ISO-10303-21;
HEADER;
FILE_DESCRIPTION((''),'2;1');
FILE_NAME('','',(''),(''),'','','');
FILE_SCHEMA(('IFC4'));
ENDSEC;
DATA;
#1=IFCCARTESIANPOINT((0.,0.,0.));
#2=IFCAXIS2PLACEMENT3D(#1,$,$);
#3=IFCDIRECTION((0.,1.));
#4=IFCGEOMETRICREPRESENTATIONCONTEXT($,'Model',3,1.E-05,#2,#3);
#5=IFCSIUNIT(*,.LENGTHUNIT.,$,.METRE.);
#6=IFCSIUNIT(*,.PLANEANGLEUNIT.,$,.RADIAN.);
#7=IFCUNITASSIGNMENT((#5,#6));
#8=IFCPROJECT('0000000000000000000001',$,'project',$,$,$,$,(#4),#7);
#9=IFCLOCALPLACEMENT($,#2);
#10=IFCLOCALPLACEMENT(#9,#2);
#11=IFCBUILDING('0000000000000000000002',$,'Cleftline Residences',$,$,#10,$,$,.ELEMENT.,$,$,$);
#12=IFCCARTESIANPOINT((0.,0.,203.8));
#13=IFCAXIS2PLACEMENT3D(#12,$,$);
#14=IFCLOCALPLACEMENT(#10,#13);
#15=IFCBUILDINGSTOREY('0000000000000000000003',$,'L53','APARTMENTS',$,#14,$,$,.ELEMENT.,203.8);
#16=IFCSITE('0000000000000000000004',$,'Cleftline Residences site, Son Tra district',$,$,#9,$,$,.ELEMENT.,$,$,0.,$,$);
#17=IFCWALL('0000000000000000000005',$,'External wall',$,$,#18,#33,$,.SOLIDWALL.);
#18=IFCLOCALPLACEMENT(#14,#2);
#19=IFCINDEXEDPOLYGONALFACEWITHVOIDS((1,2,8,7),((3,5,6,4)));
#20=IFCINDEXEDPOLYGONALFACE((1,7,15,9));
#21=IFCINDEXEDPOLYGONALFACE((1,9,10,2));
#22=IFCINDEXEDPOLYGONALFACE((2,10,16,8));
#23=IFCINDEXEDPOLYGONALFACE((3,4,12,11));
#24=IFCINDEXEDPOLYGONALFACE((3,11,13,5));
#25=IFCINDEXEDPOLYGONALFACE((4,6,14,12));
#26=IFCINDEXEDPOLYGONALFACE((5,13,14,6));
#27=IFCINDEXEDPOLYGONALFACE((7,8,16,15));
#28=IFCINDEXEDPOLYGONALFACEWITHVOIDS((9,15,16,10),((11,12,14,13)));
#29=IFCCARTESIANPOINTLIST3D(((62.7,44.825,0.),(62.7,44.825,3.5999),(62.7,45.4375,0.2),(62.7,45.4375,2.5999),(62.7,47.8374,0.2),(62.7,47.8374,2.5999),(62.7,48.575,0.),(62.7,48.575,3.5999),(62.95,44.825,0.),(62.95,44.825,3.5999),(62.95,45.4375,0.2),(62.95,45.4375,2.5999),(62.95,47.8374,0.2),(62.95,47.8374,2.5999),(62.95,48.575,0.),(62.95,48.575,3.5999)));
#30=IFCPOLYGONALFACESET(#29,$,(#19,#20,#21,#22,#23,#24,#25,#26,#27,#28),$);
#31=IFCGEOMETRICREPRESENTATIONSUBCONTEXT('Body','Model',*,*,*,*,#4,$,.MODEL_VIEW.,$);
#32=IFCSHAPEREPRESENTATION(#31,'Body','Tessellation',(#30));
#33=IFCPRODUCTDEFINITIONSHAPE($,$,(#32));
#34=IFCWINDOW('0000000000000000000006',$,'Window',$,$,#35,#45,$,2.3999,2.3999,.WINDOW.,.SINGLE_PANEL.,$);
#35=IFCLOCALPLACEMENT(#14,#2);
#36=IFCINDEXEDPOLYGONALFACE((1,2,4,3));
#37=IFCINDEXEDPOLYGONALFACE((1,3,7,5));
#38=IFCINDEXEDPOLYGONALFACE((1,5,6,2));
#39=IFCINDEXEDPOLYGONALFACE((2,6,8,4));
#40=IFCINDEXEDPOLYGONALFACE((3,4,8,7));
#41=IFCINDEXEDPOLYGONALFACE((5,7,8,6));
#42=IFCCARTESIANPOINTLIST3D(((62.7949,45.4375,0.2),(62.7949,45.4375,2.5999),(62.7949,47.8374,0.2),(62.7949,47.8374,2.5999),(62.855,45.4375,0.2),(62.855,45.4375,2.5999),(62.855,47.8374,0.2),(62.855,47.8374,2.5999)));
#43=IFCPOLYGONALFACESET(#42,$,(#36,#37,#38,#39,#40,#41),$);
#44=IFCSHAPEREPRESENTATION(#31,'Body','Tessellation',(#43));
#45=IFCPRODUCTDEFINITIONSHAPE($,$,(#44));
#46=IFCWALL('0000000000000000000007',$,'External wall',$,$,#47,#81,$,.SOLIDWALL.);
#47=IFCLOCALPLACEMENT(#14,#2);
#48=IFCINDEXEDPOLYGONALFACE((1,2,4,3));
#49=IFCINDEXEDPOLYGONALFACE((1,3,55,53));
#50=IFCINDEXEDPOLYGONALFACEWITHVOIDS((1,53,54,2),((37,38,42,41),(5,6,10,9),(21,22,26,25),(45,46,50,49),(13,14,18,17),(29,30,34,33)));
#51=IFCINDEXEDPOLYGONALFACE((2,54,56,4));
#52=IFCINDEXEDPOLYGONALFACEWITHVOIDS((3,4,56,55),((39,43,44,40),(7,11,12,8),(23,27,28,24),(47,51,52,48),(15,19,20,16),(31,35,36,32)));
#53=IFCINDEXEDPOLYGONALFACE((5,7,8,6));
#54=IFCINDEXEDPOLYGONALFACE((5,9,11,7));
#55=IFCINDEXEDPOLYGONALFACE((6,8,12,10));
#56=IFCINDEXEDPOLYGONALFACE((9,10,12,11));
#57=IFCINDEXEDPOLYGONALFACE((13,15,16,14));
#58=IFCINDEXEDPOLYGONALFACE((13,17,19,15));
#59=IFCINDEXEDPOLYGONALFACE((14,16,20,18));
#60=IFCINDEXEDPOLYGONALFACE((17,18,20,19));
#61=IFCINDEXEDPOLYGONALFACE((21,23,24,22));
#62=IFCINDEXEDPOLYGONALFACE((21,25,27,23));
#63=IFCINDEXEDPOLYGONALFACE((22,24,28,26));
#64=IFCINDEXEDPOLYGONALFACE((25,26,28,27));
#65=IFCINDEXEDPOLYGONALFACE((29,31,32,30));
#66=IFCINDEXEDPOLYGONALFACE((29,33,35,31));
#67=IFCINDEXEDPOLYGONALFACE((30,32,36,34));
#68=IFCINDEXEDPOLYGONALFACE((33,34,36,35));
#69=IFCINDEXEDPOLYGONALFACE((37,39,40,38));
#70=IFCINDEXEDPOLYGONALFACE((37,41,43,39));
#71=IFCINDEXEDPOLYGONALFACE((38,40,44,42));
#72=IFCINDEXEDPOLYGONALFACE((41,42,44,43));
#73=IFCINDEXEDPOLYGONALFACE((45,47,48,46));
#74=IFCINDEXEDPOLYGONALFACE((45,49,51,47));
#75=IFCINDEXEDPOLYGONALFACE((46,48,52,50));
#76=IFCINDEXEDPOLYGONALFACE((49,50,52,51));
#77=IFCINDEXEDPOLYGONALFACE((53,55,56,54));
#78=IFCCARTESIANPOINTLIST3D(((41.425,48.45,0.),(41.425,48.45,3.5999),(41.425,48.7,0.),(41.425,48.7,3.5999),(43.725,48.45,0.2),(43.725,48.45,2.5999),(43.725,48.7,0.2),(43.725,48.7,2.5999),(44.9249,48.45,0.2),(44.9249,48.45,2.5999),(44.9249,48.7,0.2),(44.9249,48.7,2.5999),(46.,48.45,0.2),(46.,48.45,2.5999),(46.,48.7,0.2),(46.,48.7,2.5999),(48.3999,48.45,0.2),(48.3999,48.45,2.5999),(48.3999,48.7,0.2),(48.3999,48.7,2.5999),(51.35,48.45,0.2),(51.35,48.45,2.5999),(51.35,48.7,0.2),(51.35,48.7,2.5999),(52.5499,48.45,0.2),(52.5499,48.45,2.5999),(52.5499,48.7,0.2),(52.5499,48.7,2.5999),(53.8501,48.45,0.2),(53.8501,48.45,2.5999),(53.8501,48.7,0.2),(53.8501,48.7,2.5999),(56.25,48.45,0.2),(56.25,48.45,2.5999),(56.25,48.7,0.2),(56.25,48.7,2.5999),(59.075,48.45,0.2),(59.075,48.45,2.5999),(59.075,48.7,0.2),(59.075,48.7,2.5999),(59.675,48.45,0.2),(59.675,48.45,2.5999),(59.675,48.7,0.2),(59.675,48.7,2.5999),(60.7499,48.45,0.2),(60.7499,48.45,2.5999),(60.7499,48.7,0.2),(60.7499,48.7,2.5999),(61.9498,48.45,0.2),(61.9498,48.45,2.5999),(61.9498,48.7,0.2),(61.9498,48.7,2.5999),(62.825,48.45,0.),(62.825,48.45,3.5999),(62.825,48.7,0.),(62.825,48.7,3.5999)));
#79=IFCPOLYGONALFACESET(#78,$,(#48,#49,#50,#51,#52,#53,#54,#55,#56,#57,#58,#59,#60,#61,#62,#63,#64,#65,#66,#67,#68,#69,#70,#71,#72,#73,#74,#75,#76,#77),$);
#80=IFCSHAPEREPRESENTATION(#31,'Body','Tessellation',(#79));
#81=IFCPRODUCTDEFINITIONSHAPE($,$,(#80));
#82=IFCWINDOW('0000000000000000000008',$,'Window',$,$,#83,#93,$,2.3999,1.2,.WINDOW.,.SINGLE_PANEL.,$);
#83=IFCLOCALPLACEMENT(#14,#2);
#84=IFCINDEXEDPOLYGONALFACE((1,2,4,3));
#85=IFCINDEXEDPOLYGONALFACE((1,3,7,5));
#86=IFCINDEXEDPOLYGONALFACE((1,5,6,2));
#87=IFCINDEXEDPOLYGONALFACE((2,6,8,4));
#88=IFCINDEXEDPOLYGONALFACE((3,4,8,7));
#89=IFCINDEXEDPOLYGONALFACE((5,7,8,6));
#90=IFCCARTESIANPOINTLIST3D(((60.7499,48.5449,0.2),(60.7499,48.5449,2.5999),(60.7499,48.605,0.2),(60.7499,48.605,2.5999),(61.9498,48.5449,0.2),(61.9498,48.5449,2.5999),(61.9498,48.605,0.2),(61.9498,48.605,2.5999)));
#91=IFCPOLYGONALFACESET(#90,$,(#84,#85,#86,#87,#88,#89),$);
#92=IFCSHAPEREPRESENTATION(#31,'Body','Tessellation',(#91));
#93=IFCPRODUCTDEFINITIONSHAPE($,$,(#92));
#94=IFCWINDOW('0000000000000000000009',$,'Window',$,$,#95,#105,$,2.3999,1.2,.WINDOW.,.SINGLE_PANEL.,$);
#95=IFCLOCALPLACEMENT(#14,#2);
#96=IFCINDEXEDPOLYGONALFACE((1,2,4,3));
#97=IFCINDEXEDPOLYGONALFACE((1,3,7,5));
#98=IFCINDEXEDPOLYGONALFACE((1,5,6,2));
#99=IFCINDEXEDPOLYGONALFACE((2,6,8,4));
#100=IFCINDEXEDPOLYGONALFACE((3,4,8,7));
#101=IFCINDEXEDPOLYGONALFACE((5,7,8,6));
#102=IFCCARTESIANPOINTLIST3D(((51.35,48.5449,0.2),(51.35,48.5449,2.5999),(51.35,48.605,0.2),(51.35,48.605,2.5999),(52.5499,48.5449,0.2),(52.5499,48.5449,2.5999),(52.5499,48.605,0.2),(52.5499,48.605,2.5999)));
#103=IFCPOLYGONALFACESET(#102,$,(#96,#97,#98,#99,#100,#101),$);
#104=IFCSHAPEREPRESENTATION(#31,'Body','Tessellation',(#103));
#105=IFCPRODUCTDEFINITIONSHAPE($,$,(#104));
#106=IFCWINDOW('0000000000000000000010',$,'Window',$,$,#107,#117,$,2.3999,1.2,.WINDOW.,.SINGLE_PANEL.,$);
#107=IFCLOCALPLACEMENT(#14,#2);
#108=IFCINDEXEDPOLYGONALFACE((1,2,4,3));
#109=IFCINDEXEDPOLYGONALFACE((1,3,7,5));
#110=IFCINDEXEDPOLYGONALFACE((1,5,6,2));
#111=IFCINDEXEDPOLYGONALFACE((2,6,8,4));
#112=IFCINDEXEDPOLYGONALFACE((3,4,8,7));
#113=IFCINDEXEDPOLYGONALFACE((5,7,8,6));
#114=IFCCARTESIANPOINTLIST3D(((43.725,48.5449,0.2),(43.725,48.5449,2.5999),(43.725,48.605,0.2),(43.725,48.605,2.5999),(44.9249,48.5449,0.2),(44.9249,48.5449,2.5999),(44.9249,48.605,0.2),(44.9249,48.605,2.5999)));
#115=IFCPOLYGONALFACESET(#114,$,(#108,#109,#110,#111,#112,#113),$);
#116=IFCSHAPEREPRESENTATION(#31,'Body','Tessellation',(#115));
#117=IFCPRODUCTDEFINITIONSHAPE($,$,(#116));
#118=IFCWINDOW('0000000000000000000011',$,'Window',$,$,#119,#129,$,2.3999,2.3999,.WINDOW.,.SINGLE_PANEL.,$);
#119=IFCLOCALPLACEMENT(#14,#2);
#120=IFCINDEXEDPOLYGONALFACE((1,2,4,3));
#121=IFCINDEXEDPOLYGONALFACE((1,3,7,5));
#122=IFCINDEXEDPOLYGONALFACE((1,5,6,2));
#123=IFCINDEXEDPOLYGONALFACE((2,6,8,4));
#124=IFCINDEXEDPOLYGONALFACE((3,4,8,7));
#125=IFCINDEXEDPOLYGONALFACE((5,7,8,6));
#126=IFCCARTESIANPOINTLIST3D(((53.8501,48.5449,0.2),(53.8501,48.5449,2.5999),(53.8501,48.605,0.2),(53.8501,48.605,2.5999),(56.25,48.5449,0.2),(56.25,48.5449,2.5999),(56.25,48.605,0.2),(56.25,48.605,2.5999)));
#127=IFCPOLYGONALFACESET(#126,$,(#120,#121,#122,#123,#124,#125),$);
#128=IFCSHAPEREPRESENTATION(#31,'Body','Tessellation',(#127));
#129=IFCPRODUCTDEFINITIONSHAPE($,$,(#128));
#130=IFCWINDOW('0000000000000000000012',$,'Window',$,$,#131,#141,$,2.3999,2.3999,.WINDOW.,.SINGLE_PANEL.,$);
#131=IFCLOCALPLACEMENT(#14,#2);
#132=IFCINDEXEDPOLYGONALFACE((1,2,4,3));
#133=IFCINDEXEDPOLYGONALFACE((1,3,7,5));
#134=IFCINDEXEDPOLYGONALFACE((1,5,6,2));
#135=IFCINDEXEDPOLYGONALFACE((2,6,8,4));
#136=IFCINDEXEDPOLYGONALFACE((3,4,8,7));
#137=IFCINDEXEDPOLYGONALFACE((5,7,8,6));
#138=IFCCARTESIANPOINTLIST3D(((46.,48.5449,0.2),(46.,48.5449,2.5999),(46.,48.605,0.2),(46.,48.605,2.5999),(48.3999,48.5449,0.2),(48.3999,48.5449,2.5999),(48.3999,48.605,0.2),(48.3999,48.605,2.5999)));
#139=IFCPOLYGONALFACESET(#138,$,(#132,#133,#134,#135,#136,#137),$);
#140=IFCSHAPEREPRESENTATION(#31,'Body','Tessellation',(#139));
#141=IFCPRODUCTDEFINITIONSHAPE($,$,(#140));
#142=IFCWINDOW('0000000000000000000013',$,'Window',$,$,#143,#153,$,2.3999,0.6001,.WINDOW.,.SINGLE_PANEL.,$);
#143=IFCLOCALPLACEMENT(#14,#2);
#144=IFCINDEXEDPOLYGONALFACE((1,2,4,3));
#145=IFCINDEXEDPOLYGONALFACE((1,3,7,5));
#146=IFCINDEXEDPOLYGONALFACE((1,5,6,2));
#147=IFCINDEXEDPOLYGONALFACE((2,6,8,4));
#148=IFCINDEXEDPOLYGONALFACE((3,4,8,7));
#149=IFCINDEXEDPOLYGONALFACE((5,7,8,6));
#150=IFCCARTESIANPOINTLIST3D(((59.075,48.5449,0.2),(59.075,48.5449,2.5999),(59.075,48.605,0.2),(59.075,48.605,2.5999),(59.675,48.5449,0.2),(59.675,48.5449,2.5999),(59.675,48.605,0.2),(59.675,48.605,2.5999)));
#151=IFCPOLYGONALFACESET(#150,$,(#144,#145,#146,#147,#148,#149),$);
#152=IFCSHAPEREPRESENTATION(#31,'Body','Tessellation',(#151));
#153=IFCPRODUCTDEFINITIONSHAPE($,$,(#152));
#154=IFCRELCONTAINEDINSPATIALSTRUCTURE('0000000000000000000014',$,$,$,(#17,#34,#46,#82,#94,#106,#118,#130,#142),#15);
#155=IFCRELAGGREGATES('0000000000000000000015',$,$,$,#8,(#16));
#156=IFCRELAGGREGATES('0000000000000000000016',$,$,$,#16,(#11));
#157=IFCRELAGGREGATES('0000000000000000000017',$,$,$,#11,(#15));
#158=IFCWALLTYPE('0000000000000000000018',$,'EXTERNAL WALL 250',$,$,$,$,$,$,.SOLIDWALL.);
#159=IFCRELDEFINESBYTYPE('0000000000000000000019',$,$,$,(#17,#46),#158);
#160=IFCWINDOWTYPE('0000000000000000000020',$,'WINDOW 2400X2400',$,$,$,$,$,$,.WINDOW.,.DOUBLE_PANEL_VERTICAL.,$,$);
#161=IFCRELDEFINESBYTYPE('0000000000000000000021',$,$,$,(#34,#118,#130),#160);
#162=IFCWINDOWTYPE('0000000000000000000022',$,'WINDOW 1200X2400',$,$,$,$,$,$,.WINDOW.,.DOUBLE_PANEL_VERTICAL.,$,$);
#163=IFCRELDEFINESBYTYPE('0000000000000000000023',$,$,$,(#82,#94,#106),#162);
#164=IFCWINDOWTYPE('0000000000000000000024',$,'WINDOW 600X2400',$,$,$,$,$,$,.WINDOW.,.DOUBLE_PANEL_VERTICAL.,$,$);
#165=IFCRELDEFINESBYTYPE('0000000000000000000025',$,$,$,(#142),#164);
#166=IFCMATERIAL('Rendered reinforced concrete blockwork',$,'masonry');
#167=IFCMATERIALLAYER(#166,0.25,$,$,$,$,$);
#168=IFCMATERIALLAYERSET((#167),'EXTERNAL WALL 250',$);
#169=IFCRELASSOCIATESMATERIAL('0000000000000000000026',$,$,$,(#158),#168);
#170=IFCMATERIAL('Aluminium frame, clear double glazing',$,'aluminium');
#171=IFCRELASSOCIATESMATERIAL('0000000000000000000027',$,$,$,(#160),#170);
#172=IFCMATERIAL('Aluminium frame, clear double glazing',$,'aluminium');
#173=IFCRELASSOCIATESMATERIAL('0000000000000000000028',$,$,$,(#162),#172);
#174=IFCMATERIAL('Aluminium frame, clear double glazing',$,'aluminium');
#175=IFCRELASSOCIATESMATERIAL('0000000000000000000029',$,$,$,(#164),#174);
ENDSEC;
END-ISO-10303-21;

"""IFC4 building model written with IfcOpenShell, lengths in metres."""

from ifc_helpers import new_model, si_unit, direction, frame, frame_2d, origin, place, context, subcontext, project, spatial, rectangle, extrude, material, layer, layer_set, type_object, element, fill, save


model = new_model("IFC4")

# Units and contexts
model_context = context("Model", 3, precision=1e-05, world=origin(), true_north=direction((0.0, 1.0)))
body_context = subcontext(model_context, "Body", "Model", "MODEL_VIEW")
ifc_project = project(units=[si_unit("LENGTHUNIT", "METRE"), si_unit("PLANEANGLEUNIT", "RADIAN")], contexts=[model_context])

# Site, building, storey
site_placement = place(None, origin())
site = spatial("IfcSite", under=ifc_project, at=site_placement, Name="Cleftline Residences site, Son Tra district", CompositionType="ELEMENT", RefElevation=0.0)
building_placement = place(site_placement, origin())
building = spatial("IfcBuilding", under=site, at=building_placement, Name="Cleftline Residences", CompositionType="ELEMENT")
storey_placement = place(building_placement, frame((0.0, 0.0, 203.8)))
storey = spatial("IfcBuildingStorey", under=building, at=storey_placement, Name="L53", Description="APARTMENTS", CompositionType="ELEMENT", Elevation=203.8)

# Wall, opening, window
ifc_material_1 = material(Name="Rendered reinforced concrete blockwork", Category="masonry")
ifc_layer_1 = layer(ifc_material_1, 0.25)
ifc_layer_set_1 = layer_set([ifc_layer_1], Name="EXTERNAL WALL 250")
wall_type_1 = type_object("IfcWallType", Name="EXTERNAL WALL 250", PredefinedType="SOLIDWALL", material=ifc_layer_set_1)
ifc_material_2 = material(Name="Aluminium frame, clear double glazing", Category="aluminium")
window_type_1 = type_object("IfcWindowType", Name="WINDOW 2400X2400", PartitioningType="DOUBLE_PANEL_VERTICAL", PredefinedType="WINDOW", material=ifc_material_2)
wall_1_placement = place(storey_placement, frame((62.825, 44.825, 0.0), z_axis=(0.0, 0.0, 1.0), x_axis=(0.0, 1.0, 0.0)))
wall_1 = element("IfcWall", 1, at=wall_1_placement, inside=storey, type_object=wall_type_1, Name="External wall", PredefinedType="SOLIDWALL", context=body_context, shape_type="SweptSolid", body=[
    extrude(rectangle(XDim=3.75, YDim=0.25, at=frame_2d((1.875, 0.0))), origin(), (0.0, 0.0, 1.0), 3.5999),
])
opening_1_placement = place(wall_1_placement, frame((0.6125, 0.0, 0.2)))
opening_1 = element("IfcOpeningElement", 2, at=opening_1_placement, cuts=wall_1, PredefinedType="OPENING", context=body_context, shape_type="SweptSolid", body=[
    extrude(rectangle(XDim=2.3999, YDim=2.3999, at=frame_2d((1.2, 1.2))), frame((0.0, 0.135, 0.0), z_axis=(0.0, -1.0, 0.0), x_axis=(1.0, 0.0, 0.0)), (0.0, 0.0, 1.0), 0.27),
])
window_1_placement = place(opening_1_placement, origin())
window_1 = element("IfcWindow", 3, at=window_1_placement, inside=storey, type_object=window_type_1, Name="Window", OverallHeight=2.3999, OverallWidth=2.3999, PartitioningType="SINGLE_PANEL", PredefinedType="WINDOW", context=body_context, shape_type="SweptSolid", body=[
    extrude(rectangle(XDim=2.3999, YDim=2.3999, at=frame_2d((1.2, 1.2))), frame((0.0, 0.03, 0.0), z_axis=(0.0, -1.0, 0.0), x_axis=(1.0, 0.0, 0.0)), (0.0, 0.0, 1.0), 0.0601),
])
fill(opening_1, window_1)

# Wall, openings, windows
wall_2_placement = place(storey_placement, frame((62.825, 48.575, 0.0), z_axis=(0.0, 0.0, 1.0), x_axis=(-1.0, 0.0, 0.0)))
wall_2 = element("IfcWall", 4, at=wall_2_placement, inside=storey, type_object=wall_type_1, Name="External wall", PredefinedType="SOLIDWALL", context=body_context, shape_type="SweptSolid", body=[
    extrude(rectangle(XDim=21.3999, YDim=0.25, at=frame_2d((10.7, 0.0))), origin(), (0.0, 0.0, 1.0), 3.5999),
])
opening_2_placement = place(wall_2_placement, frame((0.875, 0.0, 0.2)))
opening_2 = element("IfcOpeningElement", 5, at=opening_2_placement, cuts=wall_2, PredefinedType="OPENING", context=body_context, shape_type="SweptSolid", body=[
    extrude(rectangle(XDim=1.2, YDim=2.3999, at=frame_2d((0.6001, 1.2))), frame((0.0, 0.135, 0.0), z_axis=(0.0, -1.0, 0.0), x_axis=(1.0, 0.0, 0.0)), (0.0, 0.0, 1.0), 0.27),
])
opening_3_placement = place(wall_2_placement, frame((3.1499, 0.0, 0.2)))
opening_3 = element("IfcOpeningElement", 6, at=opening_3_placement, cuts=wall_2, PredefinedType="OPENING", context=body_context, shape_type="SweptSolid", body=[
    extrude(rectangle(XDim=0.6001, YDim=2.3999, at=frame_2d((0.3, 1.2))), frame((0.0, 0.135, 0.0), z_axis=(0.0, -1.0, 0.0), x_axis=(1.0, 0.0, 0.0)), (0.0, 0.0, 1.0), 0.27),
])
opening_4_placement = place(wall_2_placement, frame((6.575, 0.0, 0.2)))
opening_4 = element("IfcOpeningElement", 7, at=opening_4_placement, cuts=wall_2, PredefinedType="OPENING", context=body_context, shape_type="SweptSolid", body=[
    extrude(rectangle(XDim=2.3999, YDim=2.3999, at=frame_2d((1.2, 1.2))), frame((0.0, 0.135, 0.0), z_axis=(0.0, -1.0, 0.0), x_axis=(1.0, 0.0, 0.0)), (0.0, 0.0, 1.0), 0.27),
])
opening_5_placement = place(wall_2_placement, frame((10.2749, 0.0, 0.2)))
opening_5 = element("IfcOpeningElement", 8, at=opening_5_placement, cuts=wall_2, PredefinedType="OPENING", context=body_context, shape_type="SweptSolid", body=[
    extrude(rectangle(XDim=1.2, YDim=2.3999, at=frame_2d((0.6001, 1.2))), frame((0.0, 0.135, 0.0), z_axis=(0.0, -1.0, 0.0), x_axis=(1.0, 0.0, 0.0)), (0.0, 0.0, 1.0), 0.27),
])
opening_6_placement = place(wall_2_placement, frame((14.425, 0.0, 0.2)))
opening_6 = element("IfcOpeningElement", 9, at=opening_6_placement, cuts=wall_2, PredefinedType="OPENING", context=body_context, shape_type="SweptSolid", body=[
    extrude(rectangle(XDim=2.3999, YDim=2.3999, at=frame_2d((1.2, 1.2))), frame((0.0, 0.135, 0.0), z_axis=(0.0, -1.0, 0.0), x_axis=(1.0, 0.0, 0.0)), (0.0, 0.0, 1.0), 0.27),
])
opening_7_placement = place(wall_2_placement, frame((17.8999, 0.0, 0.2)))
opening_7 = element("IfcOpeningElement", 10, at=opening_7_placement, cuts=wall_2, PredefinedType="OPENING", context=body_context, shape_type="SweptSolid", body=[
    extrude(rectangle(XDim=1.2, YDim=2.3999, at=frame_2d((0.6001, 1.2))), frame((0.0, 0.135, 0.0), z_axis=(0.0, -1.0, 0.0), x_axis=(1.0, 0.0, 0.0)), (0.0, 0.0, 1.0), 0.27),
])
ifc_material_3 = material(Name="Aluminium frame, clear double glazing", Category="aluminium")
window_type_2 = type_object("IfcWindowType", Name="WINDOW 1200X2400", PartitioningType="DOUBLE_PANEL_VERTICAL", PredefinedType="WINDOW", material=ifc_material_3)
window_2_placement = place(opening_2_placement, origin())
window_2 = element("IfcWindow", 11, at=window_2_placement, inside=storey, type_object=window_type_2, Name="Window", OverallHeight=2.3999, OverallWidth=1.2, PartitioningType="SINGLE_PANEL", PredefinedType="WINDOW", context=body_context, shape_type="SweptSolid", body=[
    extrude(rectangle(XDim=1.2, YDim=2.3999, at=frame_2d((0.6001, 1.2))), frame((0.0, 0.03, 0.0), z_axis=(0.0, -1.0, 0.0), x_axis=(1.0, 0.0, 0.0)), (0.0, 0.0, 1.0), 0.0601),
])
fill(opening_2, window_2)
window_3_placement = place(opening_5_placement, origin())
window_3 = element("IfcWindow", 12, at=window_3_placement, inside=storey, type_object=window_type_2, Name="Window", OverallHeight=2.3999, OverallWidth=1.2, PartitioningType="SINGLE_PANEL", PredefinedType="WINDOW", context=body_context, shape_type="SweptSolid", body=[
    extrude(rectangle(XDim=1.2, YDim=2.3999, at=frame_2d((0.6001, 1.2))), frame((0.0, 0.03, 0.0), z_axis=(0.0, -1.0, 0.0), x_axis=(1.0, 0.0, 0.0)), (0.0, 0.0, 1.0), 0.0601),
])
fill(opening_5, window_3)
window_4_placement = place(opening_7_placement, origin())
window_4 = element("IfcWindow", 13, at=window_4_placement, inside=storey, type_object=window_type_2, Name="Window", OverallHeight=2.3999, OverallWidth=1.2, PartitioningType="SINGLE_PANEL", PredefinedType="WINDOW", context=body_context, shape_type="SweptSolid", body=[
    extrude(rectangle(XDim=1.2, YDim=2.3999, at=frame_2d((0.6001, 1.2))), frame((0.0, 0.03, 0.0), z_axis=(0.0, -1.0, 0.0), x_axis=(1.0, 0.0, 0.0)), (0.0, 0.0, 1.0), 0.0601),
])
fill(opening_7, window_4)
window_5_placement = place(opening_4_placement, origin())
window_5 = element("IfcWindow", 14, at=window_5_placement, inside=storey, type_object=window_type_1, Name="Window", OverallHeight=2.3999, OverallWidth=2.3999, PartitioningType="SINGLE_PANEL", PredefinedType="WINDOW", context=body_context, shape_type="SweptSolid", body=[
    extrude(rectangle(XDim=2.3999, YDim=2.3999, at=frame_2d((1.2, 1.2))), frame((0.0, 0.03, 0.0), z_axis=(0.0, -1.0, 0.0), x_axis=(1.0, 0.0, 0.0)), (0.0, 0.0, 1.0), 0.0601),
])
fill(opening_4, window_5)
window_6_placement = place(opening_6_placement, origin())
window_6 = element("IfcWindow", 15, at=window_6_placement, inside=storey, type_object=window_type_1, Name="Window", OverallHeight=2.3999, OverallWidth=2.3999, PartitioningType="SINGLE_PANEL", PredefinedType="WINDOW", context=body_context, shape_type="SweptSolid", body=[
    extrude(rectangle(XDim=2.3999, YDim=2.3999, at=frame_2d((1.2, 1.2))), frame((0.0, 0.03, 0.0), z_axis=(0.0, -1.0, 0.0), x_axis=(1.0, 0.0, 0.0)), (0.0, 0.0, 1.0), 0.0601),
])
fill(opening_6, window_6)
ifc_material_4 = material(Name="Aluminium frame, clear double glazing", Category="aluminium")
window_type_3 = type_object("IfcWindowType", Name="WINDOW 600X2400", PartitioningType="DOUBLE_PANEL_VERTICAL", PredefinedType="WINDOW", material=ifc_material_4)
window_7_placement = place(opening_3_placement, origin())
window_7 = element("IfcWindow", 16, at=window_7_placement, inside=storey, type_object=window_type_3, Name="Window", OverallHeight=2.3999, OverallWidth=0.6001, PartitioningType="SINGLE_PANEL", PredefinedType="WINDOW", context=body_context, shape_type="SweptSolid", body=[
    extrude(rectangle(XDim=0.6001, YDim=2.3999, at=frame_2d((0.3, 1.2))), frame((0.0, 0.03, 0.0), z_axis=(0.0, -1.0, 0.0), x_axis=(1.0, 0.0, 0.0)), (0.0, 0.0, 1.0), 0.0601),
])
fill(opening_3, window_7)

save(model, "model.ifc")
